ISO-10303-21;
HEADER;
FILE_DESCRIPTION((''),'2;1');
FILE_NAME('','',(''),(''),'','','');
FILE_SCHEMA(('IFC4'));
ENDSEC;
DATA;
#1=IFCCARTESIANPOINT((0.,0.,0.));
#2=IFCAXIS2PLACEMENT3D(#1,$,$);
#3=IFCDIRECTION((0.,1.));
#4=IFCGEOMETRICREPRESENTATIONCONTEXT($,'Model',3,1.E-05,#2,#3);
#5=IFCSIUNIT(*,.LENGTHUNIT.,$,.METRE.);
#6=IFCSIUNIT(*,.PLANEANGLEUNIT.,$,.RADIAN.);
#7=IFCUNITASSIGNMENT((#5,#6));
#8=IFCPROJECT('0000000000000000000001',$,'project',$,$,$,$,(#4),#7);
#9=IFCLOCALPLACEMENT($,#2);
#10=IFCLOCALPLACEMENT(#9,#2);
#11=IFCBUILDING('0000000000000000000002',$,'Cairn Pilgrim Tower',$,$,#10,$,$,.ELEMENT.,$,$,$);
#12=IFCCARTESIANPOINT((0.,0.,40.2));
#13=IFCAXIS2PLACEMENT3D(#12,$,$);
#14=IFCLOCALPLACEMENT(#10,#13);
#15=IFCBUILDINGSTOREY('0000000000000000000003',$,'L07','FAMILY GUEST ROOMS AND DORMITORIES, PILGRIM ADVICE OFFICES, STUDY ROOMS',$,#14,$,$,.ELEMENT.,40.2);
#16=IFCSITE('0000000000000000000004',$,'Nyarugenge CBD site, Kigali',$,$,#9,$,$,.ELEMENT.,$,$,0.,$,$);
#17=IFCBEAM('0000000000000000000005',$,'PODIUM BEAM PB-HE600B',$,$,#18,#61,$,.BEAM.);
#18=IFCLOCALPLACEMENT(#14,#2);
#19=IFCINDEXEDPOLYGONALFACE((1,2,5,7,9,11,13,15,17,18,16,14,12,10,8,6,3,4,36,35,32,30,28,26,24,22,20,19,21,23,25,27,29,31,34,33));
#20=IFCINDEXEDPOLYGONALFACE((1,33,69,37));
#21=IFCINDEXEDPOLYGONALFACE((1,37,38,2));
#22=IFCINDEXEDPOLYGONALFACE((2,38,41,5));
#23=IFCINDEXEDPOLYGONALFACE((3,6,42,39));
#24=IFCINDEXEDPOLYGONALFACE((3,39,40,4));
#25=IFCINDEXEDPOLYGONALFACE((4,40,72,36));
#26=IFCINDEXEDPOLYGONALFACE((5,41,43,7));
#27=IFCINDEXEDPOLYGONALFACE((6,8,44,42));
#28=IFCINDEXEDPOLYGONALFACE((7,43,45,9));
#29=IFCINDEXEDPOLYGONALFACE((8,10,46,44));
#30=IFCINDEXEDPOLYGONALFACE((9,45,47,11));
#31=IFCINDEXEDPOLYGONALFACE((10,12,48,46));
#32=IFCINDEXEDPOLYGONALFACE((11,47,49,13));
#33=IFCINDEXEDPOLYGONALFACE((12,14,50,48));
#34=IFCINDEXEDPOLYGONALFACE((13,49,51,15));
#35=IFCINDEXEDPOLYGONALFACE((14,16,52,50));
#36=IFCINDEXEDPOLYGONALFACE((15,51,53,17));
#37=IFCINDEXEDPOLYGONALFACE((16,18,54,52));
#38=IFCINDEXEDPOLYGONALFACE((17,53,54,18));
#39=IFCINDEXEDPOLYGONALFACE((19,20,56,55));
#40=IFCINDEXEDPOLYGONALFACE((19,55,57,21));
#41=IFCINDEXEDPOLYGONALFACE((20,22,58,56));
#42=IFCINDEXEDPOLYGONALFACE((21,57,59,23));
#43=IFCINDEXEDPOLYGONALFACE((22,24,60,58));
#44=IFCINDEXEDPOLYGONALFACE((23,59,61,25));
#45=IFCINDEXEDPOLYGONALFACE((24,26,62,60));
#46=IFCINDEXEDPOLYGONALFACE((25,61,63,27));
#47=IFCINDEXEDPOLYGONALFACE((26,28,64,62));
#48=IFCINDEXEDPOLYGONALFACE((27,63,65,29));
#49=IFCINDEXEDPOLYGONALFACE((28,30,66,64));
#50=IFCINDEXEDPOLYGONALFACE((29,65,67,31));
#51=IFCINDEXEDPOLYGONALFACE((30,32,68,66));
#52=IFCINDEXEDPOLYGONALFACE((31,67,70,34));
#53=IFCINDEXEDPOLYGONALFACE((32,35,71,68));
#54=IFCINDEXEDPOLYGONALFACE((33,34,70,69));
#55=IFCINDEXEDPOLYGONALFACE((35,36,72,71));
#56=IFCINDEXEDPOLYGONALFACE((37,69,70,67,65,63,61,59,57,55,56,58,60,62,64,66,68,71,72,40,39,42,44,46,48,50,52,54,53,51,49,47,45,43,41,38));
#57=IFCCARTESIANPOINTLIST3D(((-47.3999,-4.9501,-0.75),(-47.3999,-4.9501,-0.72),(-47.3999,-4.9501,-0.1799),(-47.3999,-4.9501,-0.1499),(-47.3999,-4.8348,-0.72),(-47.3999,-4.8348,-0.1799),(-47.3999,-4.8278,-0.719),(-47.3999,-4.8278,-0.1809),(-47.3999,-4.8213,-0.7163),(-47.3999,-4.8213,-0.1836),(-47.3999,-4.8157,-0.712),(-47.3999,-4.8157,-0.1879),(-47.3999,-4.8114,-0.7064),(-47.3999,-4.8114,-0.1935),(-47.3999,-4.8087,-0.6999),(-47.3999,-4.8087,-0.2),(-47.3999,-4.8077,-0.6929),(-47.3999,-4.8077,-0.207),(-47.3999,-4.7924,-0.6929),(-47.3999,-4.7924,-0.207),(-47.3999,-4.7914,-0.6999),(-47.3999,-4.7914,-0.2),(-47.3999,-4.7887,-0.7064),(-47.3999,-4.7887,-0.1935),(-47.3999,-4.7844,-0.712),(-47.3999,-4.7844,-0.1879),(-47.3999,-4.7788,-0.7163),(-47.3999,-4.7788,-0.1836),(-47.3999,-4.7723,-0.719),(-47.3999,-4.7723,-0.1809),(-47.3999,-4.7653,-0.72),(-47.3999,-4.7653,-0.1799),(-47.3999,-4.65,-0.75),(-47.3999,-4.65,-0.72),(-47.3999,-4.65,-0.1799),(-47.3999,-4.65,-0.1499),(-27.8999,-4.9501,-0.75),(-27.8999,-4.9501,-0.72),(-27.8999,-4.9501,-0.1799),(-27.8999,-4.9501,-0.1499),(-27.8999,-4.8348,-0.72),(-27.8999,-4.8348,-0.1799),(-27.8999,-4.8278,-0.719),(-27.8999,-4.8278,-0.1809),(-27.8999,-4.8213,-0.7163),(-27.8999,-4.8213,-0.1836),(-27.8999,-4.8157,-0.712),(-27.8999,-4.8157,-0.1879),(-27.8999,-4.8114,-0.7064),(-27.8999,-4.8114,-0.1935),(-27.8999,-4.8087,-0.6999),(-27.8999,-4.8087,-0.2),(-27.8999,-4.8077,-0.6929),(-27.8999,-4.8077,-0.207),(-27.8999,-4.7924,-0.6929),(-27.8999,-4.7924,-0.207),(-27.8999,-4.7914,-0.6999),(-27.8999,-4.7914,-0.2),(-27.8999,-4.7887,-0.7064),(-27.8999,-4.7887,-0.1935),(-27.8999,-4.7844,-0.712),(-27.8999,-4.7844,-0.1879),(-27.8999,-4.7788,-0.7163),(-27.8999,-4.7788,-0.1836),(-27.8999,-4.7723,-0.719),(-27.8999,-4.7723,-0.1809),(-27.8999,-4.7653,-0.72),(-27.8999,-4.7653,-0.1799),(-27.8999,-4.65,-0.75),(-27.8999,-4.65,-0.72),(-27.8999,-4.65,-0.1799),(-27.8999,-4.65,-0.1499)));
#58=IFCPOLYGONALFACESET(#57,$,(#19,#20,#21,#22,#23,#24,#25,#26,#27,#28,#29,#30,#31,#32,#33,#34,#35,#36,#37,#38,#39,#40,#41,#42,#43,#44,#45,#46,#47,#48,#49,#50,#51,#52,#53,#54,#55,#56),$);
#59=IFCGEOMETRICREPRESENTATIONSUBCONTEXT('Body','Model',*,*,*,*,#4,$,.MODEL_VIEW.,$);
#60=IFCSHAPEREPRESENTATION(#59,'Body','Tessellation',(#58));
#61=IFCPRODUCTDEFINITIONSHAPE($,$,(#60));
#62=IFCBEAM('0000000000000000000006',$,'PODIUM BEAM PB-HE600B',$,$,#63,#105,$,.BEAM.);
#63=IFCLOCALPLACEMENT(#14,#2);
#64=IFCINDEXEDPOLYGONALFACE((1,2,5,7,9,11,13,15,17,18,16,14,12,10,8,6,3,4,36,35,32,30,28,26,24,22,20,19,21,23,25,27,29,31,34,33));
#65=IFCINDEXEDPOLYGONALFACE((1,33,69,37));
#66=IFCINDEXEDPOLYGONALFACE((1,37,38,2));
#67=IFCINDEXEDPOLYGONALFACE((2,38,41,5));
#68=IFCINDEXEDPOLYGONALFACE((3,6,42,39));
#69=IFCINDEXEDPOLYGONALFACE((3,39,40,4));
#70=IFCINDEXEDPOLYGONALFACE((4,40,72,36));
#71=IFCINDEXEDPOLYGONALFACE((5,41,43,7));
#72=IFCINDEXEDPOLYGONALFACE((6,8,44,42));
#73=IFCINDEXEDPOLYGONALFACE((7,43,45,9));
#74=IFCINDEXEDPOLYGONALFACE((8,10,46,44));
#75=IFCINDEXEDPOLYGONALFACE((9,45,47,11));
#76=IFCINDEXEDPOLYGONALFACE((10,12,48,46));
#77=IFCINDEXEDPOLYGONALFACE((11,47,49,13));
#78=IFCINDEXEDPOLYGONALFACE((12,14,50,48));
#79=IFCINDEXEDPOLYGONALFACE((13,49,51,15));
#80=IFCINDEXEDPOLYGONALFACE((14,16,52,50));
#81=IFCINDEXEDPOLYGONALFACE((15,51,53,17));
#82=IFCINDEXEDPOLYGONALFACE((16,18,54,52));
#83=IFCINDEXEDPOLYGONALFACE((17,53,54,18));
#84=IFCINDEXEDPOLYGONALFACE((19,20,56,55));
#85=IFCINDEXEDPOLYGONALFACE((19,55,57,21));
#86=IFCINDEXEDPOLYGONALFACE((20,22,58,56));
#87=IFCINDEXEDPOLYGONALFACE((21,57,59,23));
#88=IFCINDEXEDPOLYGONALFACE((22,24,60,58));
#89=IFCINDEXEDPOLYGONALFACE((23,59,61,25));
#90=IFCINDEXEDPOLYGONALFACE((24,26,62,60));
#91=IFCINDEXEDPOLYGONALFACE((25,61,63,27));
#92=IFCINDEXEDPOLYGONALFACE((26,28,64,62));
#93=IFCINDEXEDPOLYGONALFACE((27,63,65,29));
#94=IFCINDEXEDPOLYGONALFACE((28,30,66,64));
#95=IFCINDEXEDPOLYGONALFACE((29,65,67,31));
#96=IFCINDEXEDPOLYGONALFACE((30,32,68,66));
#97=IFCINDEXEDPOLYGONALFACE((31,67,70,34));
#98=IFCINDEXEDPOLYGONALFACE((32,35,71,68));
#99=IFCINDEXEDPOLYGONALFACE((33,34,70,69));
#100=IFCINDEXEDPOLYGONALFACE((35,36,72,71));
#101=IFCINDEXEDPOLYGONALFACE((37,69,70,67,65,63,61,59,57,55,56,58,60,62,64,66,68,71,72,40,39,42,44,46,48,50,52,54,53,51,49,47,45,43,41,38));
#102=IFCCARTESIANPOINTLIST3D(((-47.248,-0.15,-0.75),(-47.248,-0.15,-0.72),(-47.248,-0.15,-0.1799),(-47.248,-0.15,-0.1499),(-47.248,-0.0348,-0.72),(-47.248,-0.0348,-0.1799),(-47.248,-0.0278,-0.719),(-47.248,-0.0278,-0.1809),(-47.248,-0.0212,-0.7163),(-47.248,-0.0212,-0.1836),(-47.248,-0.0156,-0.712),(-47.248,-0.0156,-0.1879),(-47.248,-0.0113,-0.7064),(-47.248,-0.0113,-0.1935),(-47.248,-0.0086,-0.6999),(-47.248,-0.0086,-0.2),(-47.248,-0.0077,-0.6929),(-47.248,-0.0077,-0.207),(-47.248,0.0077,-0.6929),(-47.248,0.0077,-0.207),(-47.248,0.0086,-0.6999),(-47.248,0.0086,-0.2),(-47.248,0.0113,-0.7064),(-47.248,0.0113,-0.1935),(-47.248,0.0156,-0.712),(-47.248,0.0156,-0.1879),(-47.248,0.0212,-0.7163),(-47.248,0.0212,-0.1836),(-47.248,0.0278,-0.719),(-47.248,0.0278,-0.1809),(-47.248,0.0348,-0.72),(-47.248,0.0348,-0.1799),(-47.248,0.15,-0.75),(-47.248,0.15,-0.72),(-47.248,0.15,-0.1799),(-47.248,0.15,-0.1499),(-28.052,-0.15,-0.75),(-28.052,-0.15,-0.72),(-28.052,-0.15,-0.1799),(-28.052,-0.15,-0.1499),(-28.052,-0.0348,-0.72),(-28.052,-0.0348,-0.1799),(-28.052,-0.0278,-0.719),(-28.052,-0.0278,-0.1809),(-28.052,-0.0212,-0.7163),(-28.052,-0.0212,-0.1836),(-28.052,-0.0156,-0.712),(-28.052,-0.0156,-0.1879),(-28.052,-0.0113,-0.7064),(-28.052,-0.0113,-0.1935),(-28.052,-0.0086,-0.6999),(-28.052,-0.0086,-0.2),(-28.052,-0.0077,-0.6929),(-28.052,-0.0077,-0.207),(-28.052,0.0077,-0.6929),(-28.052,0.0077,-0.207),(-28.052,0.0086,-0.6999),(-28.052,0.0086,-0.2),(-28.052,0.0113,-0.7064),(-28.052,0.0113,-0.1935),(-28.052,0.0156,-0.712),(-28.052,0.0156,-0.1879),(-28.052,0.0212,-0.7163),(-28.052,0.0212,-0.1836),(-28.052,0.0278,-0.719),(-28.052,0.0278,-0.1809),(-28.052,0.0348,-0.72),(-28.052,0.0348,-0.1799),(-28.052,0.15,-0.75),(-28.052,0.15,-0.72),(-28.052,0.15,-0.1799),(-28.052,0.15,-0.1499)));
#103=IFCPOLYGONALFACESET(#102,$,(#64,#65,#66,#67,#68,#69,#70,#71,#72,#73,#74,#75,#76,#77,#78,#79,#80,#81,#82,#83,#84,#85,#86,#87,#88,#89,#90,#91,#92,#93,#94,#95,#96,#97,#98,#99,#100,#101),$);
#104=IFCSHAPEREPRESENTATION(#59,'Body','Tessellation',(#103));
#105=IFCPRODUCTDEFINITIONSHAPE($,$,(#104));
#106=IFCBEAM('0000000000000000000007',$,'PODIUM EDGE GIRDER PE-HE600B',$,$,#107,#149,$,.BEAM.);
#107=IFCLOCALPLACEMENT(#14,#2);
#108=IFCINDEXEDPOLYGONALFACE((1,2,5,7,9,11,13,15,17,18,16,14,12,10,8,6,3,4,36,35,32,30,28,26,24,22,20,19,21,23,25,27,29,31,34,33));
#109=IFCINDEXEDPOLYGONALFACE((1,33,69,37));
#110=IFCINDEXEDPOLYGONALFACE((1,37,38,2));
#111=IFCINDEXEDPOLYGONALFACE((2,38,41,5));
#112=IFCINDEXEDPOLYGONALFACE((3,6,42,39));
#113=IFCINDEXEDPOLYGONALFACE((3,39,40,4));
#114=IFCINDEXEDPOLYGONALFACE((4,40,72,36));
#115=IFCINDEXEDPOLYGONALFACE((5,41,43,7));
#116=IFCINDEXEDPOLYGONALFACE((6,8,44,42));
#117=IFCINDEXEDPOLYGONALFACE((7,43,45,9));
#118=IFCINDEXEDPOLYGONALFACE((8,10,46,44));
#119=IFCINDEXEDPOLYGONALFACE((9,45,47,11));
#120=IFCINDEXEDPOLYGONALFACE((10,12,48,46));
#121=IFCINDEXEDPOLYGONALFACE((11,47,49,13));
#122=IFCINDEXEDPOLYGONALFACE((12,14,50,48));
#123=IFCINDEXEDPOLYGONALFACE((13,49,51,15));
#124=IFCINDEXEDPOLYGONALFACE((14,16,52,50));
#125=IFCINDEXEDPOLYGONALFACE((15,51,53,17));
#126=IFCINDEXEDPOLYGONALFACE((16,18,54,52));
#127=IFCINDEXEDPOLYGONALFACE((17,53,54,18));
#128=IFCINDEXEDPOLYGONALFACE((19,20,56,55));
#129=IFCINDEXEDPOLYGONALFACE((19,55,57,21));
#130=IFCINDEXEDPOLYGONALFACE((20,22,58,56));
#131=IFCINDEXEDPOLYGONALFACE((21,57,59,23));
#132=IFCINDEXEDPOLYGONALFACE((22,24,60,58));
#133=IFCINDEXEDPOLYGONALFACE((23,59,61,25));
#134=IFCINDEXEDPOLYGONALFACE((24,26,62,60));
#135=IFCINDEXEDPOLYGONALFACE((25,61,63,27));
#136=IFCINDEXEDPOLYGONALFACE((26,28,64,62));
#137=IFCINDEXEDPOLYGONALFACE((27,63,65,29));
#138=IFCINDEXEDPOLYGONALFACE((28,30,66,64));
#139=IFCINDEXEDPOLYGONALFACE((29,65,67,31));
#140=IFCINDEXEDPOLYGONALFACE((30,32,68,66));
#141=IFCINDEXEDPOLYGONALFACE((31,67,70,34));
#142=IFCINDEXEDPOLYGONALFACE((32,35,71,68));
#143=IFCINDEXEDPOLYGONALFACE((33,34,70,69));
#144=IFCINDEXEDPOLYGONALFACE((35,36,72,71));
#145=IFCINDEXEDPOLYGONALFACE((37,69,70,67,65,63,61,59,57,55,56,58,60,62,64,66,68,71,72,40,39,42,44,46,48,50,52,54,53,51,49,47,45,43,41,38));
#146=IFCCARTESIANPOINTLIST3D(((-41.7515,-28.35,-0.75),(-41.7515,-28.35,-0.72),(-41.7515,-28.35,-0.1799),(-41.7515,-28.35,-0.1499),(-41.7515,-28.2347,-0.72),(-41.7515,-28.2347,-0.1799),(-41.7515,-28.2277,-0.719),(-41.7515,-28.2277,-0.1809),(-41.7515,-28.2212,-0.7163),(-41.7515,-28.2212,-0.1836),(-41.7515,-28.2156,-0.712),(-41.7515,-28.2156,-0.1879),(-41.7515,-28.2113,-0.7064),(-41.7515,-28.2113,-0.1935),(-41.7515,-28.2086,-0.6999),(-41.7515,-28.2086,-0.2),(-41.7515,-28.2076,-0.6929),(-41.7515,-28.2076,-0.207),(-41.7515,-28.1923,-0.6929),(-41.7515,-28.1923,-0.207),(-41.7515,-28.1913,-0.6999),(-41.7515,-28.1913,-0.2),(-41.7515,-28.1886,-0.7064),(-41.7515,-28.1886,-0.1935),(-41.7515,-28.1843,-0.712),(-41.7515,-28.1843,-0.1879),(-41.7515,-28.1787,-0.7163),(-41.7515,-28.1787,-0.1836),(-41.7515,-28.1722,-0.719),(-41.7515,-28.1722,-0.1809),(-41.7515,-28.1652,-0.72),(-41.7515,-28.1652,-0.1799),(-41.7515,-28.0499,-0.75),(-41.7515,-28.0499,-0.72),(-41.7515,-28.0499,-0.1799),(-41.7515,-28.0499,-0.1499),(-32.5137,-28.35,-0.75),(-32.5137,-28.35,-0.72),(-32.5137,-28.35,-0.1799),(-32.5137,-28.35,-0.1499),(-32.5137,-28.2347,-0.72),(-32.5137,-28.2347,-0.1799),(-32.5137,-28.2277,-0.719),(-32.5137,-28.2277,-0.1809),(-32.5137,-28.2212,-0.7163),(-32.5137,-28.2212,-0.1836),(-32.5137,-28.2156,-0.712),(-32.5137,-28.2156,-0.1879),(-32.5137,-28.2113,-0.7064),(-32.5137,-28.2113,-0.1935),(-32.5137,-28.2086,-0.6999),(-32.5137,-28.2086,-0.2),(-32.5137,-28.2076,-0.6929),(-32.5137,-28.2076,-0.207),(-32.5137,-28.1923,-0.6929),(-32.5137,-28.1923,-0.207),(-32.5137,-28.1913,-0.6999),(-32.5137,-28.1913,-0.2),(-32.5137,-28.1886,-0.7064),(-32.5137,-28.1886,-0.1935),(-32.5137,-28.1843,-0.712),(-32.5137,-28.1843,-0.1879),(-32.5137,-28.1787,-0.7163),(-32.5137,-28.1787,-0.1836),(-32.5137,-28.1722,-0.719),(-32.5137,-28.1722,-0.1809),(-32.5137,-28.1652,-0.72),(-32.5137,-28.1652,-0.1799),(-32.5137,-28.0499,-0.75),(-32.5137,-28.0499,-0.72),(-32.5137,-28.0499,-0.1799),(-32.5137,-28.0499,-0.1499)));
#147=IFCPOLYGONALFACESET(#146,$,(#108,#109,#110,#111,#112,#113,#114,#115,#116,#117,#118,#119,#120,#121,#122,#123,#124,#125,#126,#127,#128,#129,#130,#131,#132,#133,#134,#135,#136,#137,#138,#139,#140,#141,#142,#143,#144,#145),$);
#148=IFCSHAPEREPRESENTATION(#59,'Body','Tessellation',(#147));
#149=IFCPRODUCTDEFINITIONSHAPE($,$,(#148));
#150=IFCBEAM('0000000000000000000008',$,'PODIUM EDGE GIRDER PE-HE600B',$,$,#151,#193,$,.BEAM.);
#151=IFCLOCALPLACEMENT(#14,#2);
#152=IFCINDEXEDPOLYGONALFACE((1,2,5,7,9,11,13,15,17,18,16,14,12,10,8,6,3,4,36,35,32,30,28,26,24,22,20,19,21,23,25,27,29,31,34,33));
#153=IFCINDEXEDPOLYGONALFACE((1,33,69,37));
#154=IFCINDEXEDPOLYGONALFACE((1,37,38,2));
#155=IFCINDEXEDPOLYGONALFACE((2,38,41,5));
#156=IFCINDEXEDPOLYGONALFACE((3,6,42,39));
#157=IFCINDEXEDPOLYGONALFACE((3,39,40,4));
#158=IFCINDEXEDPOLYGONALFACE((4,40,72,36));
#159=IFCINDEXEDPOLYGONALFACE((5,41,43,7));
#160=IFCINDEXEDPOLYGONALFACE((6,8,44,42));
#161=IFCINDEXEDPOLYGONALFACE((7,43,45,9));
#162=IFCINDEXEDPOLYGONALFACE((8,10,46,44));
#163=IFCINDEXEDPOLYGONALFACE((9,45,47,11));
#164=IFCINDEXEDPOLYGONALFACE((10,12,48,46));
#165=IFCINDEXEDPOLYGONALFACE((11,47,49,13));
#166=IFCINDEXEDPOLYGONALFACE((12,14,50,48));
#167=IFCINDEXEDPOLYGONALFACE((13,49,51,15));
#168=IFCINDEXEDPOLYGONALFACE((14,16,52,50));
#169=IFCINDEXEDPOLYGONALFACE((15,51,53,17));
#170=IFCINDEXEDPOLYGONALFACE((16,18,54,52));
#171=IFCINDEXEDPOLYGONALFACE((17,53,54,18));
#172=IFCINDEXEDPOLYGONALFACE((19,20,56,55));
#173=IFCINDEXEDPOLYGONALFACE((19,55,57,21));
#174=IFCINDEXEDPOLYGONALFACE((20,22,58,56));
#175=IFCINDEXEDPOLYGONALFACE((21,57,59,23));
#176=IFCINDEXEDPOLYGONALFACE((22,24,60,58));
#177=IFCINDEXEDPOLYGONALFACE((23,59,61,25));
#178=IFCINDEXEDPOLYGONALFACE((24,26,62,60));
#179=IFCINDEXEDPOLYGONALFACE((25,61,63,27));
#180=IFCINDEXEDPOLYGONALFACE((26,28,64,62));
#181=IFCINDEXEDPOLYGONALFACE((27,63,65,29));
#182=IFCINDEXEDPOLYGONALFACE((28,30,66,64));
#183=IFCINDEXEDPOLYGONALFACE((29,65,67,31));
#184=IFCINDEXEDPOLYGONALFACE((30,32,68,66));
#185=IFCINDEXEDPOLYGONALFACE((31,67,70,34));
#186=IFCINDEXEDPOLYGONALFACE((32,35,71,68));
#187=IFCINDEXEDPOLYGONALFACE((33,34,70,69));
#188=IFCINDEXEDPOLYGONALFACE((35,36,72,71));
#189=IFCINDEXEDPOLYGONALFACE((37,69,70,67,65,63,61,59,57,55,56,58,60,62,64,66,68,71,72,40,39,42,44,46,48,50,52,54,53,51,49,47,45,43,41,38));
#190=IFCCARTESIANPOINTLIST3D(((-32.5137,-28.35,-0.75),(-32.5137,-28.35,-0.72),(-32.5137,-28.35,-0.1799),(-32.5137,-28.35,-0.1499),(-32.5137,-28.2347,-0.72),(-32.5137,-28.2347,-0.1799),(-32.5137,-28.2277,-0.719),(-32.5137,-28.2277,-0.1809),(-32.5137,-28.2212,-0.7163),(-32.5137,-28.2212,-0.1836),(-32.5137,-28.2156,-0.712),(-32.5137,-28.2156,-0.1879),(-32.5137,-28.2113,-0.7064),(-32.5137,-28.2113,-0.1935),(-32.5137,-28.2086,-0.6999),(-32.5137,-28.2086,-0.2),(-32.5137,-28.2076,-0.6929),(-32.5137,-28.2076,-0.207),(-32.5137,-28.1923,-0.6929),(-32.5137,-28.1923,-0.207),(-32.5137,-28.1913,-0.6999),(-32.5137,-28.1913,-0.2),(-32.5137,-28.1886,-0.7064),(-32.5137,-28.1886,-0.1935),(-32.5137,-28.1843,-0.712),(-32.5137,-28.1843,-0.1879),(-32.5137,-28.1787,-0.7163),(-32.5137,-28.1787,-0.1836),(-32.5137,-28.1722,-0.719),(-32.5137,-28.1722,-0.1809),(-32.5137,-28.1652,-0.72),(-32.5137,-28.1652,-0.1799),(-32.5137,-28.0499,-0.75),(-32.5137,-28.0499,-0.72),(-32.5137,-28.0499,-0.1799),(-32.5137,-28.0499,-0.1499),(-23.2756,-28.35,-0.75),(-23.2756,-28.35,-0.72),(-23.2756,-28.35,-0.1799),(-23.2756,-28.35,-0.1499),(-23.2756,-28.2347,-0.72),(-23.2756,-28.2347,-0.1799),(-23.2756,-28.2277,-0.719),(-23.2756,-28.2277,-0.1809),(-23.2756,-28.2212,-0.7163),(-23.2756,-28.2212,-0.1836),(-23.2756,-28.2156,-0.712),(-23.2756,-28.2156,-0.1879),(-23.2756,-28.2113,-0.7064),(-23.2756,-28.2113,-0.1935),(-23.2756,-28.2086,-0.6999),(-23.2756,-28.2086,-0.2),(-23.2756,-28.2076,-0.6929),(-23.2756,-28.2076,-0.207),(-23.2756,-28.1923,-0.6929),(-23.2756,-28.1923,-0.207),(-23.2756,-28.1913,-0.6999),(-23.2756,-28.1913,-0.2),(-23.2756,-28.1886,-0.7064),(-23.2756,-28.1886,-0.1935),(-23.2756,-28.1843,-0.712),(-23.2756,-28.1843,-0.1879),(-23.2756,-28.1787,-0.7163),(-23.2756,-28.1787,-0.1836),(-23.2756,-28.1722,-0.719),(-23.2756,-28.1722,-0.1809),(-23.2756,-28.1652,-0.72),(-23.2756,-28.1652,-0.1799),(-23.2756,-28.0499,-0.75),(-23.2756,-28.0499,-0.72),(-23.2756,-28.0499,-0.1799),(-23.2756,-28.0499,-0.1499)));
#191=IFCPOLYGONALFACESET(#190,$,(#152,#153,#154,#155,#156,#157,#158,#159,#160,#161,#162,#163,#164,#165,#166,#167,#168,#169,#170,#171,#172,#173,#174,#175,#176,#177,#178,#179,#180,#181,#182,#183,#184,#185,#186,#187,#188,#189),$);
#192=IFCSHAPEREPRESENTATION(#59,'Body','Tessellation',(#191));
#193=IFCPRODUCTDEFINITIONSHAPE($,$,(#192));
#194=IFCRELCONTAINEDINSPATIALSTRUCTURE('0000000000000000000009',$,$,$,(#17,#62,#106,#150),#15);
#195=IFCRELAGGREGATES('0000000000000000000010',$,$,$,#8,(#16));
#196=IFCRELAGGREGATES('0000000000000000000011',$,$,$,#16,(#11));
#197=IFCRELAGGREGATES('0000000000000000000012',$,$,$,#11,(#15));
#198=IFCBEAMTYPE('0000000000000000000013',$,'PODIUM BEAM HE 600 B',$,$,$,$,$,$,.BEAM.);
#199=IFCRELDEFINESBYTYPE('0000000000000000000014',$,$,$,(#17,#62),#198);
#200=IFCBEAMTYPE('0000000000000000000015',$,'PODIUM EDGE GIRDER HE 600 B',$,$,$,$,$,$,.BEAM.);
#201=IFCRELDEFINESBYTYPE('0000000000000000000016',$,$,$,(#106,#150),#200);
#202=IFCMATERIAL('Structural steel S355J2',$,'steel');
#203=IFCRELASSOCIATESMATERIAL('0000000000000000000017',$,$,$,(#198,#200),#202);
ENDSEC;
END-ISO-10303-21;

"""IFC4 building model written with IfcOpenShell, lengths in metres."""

from ifc_helpers import new_model, si_unit, direction, frame, origin, origin_2d, place, context, subcontext, project, spatial, i_section, extrude, material, material_profile, profile_set, type_object, element, save


model = new_model("IFC4")

# Units and contexts
model_context = context("Model", 3, precision=1e-05, world=origin(), true_north=direction((0.0, 1.0)))
body_context = subcontext(model_context, "Body", "Model", "MODEL_VIEW")
ifc_project = project(units=[si_unit("LENGTHUNIT", "METRE"), si_unit("PLANEANGLEUNIT", "RADIAN")], contexts=[model_context])

# Site, building, storey
site_placement = place(None, origin())
site = spatial("IfcSite", under=ifc_project, at=site_placement, Name="Nyarugenge CBD site, Kigali", CompositionType="ELEMENT", RefElevation=0.0)
building_placement = place(site_placement, origin())
building = spatial("IfcBuilding", under=site, at=building_placement, Name="Cairn Pilgrim Tower", CompositionType="ELEMENT")
storey_placement = place(building_placement, frame((0.0, 0.0, 40.2)))
storey = spatial("IfcBuildingStorey", under=building, at=storey_placement, Name="L07", Description="FAMILY GUEST ROOMS AND DORMITORIES, PILGRIM ADVICE OFFICES, STUDY ROOMS", CompositionType="ELEMENT", Elevation=40.2)

# Beams
ifc_material_1 = material(Name="Structural steel S355J2", Category="steel")
ifc_material_profile_1 = material_profile(ifc_material_1, i_section(OverallWidth=0.3, OverallDepth=0.6001, WebThickness=0.0154, FlangeThickness=0.03, FilletRadius=0.0271, at=origin_2d()), Name="HEB 600")
ifc_profile_set_1 = profile_set([ifc_material_profile_1], Name="Structural steel S355J2")
beam_type_1 = type_object("IfcBeamType", Name="PODIUM BEAM HE 600 B", PredefinedType="BEAM", material=ifc_profile_set_1)
beam_1_placement = place(storey_placement, frame((-47.3999, -4.8, -0.45), z_axis=(1.0, 0.0, 0.0), x_axis=(0.0, 1.0, 0.0)))
element("IfcBeam", 1, at=beam_1_placement, inside=storey, type_object=beam_type_1, Name="PODIUM BEAM PB-HE600B", PredefinedType="BEAM", context=body_context, shape_type="SweptSolid", body=[
    extrude(i_section(OverallWidth=0.3, OverallDepth=0.6001, WebThickness=0.0154, FlangeThickness=0.03, FilletRadius=0.0271, at=origin_2d()), origin(), (0.0, 0.0, 1.0), 19.5),
])
beam_2_placement = place(storey_placement, frame((-47.248, 0.0, -0.45), z_axis=(1.0, 0.0, 0.0), x_axis=(0.0, 1.0, 0.0)))
element("IfcBeam", 2, at=beam_2_placement, inside=storey, type_object=beam_type_1, Name="PODIUM BEAM PB-HE600B", PredefinedType="BEAM", context=body_context, shape_type="SweptSolid", body=[
    extrude(i_section(OverallWidth=0.3, OverallDepth=0.6001, WebThickness=0.0154, FlangeThickness=0.03, FilletRadius=0.0271, at=origin_2d()), origin(), (0.0, 0.0, 1.0), 19.196),
])
ifc_material_profile_2 = material_profile(ifc_material_1, i_section(OverallWidth=0.3, OverallDepth=0.6001, WebThickness=0.0154, FlangeThickness=0.03, FilletRadius=0.0271, at=origin_2d()), Name="HEB 600")
ifc_profile_set_2 = profile_set([ifc_material_profile_2], Name="Structural steel S355J2")
beam_type_2 = type_object("IfcBeamType", Name="PODIUM EDGE GIRDER HE 600 B", PredefinedType="BEAM", material=ifc_profile_set_2)
beam_3_placement = place(storey_placement, frame((-41.7515, -28.2, -0.45), z_axis=(1.0, 0.0, 0.0), x_axis=(0.0, 1.0, 0.0)))
element("IfcBeam", 3, at=beam_3_placement, inside=storey, type_object=beam_type_2, Name="PODIUM EDGE GIRDER PE-HE600B", PredefinedType="BEAM", context=body_context, shape_type="SweptSolid", body=[
    extrude(i_section(OverallWidth=0.3, OverallDepth=0.6001, WebThickness=0.0154, FlangeThickness=0.03, FilletRadius=0.0271, at=origin_2d()), origin(), (0.0, 0.0, 1.0), 9.2378),
])
beam_4_placement = place(storey_placement, frame((-32.5137, -28.2, -0.45), z_axis=(1.0, 0.0, 0.0), x_axis=(0.0, 1.0, 0.0)))
element("IfcBeam", 4, at=beam_4_placement, inside=storey, type_object=beam_type_2, Name="PODIUM EDGE GIRDER PE-HE600B", PredefinedType="BEAM", context=body_context, shape_type="SweptSolid", body=[
    extrude(i_section(OverallWidth=0.3, OverallDepth=0.6001, WebThickness=0.0154, FlangeThickness=0.03, FilletRadius=0.0271, at=origin_2d()), origin(), (0.0, 0.0, 1.0), 9.238),
])

save(model, "model.ifc")
